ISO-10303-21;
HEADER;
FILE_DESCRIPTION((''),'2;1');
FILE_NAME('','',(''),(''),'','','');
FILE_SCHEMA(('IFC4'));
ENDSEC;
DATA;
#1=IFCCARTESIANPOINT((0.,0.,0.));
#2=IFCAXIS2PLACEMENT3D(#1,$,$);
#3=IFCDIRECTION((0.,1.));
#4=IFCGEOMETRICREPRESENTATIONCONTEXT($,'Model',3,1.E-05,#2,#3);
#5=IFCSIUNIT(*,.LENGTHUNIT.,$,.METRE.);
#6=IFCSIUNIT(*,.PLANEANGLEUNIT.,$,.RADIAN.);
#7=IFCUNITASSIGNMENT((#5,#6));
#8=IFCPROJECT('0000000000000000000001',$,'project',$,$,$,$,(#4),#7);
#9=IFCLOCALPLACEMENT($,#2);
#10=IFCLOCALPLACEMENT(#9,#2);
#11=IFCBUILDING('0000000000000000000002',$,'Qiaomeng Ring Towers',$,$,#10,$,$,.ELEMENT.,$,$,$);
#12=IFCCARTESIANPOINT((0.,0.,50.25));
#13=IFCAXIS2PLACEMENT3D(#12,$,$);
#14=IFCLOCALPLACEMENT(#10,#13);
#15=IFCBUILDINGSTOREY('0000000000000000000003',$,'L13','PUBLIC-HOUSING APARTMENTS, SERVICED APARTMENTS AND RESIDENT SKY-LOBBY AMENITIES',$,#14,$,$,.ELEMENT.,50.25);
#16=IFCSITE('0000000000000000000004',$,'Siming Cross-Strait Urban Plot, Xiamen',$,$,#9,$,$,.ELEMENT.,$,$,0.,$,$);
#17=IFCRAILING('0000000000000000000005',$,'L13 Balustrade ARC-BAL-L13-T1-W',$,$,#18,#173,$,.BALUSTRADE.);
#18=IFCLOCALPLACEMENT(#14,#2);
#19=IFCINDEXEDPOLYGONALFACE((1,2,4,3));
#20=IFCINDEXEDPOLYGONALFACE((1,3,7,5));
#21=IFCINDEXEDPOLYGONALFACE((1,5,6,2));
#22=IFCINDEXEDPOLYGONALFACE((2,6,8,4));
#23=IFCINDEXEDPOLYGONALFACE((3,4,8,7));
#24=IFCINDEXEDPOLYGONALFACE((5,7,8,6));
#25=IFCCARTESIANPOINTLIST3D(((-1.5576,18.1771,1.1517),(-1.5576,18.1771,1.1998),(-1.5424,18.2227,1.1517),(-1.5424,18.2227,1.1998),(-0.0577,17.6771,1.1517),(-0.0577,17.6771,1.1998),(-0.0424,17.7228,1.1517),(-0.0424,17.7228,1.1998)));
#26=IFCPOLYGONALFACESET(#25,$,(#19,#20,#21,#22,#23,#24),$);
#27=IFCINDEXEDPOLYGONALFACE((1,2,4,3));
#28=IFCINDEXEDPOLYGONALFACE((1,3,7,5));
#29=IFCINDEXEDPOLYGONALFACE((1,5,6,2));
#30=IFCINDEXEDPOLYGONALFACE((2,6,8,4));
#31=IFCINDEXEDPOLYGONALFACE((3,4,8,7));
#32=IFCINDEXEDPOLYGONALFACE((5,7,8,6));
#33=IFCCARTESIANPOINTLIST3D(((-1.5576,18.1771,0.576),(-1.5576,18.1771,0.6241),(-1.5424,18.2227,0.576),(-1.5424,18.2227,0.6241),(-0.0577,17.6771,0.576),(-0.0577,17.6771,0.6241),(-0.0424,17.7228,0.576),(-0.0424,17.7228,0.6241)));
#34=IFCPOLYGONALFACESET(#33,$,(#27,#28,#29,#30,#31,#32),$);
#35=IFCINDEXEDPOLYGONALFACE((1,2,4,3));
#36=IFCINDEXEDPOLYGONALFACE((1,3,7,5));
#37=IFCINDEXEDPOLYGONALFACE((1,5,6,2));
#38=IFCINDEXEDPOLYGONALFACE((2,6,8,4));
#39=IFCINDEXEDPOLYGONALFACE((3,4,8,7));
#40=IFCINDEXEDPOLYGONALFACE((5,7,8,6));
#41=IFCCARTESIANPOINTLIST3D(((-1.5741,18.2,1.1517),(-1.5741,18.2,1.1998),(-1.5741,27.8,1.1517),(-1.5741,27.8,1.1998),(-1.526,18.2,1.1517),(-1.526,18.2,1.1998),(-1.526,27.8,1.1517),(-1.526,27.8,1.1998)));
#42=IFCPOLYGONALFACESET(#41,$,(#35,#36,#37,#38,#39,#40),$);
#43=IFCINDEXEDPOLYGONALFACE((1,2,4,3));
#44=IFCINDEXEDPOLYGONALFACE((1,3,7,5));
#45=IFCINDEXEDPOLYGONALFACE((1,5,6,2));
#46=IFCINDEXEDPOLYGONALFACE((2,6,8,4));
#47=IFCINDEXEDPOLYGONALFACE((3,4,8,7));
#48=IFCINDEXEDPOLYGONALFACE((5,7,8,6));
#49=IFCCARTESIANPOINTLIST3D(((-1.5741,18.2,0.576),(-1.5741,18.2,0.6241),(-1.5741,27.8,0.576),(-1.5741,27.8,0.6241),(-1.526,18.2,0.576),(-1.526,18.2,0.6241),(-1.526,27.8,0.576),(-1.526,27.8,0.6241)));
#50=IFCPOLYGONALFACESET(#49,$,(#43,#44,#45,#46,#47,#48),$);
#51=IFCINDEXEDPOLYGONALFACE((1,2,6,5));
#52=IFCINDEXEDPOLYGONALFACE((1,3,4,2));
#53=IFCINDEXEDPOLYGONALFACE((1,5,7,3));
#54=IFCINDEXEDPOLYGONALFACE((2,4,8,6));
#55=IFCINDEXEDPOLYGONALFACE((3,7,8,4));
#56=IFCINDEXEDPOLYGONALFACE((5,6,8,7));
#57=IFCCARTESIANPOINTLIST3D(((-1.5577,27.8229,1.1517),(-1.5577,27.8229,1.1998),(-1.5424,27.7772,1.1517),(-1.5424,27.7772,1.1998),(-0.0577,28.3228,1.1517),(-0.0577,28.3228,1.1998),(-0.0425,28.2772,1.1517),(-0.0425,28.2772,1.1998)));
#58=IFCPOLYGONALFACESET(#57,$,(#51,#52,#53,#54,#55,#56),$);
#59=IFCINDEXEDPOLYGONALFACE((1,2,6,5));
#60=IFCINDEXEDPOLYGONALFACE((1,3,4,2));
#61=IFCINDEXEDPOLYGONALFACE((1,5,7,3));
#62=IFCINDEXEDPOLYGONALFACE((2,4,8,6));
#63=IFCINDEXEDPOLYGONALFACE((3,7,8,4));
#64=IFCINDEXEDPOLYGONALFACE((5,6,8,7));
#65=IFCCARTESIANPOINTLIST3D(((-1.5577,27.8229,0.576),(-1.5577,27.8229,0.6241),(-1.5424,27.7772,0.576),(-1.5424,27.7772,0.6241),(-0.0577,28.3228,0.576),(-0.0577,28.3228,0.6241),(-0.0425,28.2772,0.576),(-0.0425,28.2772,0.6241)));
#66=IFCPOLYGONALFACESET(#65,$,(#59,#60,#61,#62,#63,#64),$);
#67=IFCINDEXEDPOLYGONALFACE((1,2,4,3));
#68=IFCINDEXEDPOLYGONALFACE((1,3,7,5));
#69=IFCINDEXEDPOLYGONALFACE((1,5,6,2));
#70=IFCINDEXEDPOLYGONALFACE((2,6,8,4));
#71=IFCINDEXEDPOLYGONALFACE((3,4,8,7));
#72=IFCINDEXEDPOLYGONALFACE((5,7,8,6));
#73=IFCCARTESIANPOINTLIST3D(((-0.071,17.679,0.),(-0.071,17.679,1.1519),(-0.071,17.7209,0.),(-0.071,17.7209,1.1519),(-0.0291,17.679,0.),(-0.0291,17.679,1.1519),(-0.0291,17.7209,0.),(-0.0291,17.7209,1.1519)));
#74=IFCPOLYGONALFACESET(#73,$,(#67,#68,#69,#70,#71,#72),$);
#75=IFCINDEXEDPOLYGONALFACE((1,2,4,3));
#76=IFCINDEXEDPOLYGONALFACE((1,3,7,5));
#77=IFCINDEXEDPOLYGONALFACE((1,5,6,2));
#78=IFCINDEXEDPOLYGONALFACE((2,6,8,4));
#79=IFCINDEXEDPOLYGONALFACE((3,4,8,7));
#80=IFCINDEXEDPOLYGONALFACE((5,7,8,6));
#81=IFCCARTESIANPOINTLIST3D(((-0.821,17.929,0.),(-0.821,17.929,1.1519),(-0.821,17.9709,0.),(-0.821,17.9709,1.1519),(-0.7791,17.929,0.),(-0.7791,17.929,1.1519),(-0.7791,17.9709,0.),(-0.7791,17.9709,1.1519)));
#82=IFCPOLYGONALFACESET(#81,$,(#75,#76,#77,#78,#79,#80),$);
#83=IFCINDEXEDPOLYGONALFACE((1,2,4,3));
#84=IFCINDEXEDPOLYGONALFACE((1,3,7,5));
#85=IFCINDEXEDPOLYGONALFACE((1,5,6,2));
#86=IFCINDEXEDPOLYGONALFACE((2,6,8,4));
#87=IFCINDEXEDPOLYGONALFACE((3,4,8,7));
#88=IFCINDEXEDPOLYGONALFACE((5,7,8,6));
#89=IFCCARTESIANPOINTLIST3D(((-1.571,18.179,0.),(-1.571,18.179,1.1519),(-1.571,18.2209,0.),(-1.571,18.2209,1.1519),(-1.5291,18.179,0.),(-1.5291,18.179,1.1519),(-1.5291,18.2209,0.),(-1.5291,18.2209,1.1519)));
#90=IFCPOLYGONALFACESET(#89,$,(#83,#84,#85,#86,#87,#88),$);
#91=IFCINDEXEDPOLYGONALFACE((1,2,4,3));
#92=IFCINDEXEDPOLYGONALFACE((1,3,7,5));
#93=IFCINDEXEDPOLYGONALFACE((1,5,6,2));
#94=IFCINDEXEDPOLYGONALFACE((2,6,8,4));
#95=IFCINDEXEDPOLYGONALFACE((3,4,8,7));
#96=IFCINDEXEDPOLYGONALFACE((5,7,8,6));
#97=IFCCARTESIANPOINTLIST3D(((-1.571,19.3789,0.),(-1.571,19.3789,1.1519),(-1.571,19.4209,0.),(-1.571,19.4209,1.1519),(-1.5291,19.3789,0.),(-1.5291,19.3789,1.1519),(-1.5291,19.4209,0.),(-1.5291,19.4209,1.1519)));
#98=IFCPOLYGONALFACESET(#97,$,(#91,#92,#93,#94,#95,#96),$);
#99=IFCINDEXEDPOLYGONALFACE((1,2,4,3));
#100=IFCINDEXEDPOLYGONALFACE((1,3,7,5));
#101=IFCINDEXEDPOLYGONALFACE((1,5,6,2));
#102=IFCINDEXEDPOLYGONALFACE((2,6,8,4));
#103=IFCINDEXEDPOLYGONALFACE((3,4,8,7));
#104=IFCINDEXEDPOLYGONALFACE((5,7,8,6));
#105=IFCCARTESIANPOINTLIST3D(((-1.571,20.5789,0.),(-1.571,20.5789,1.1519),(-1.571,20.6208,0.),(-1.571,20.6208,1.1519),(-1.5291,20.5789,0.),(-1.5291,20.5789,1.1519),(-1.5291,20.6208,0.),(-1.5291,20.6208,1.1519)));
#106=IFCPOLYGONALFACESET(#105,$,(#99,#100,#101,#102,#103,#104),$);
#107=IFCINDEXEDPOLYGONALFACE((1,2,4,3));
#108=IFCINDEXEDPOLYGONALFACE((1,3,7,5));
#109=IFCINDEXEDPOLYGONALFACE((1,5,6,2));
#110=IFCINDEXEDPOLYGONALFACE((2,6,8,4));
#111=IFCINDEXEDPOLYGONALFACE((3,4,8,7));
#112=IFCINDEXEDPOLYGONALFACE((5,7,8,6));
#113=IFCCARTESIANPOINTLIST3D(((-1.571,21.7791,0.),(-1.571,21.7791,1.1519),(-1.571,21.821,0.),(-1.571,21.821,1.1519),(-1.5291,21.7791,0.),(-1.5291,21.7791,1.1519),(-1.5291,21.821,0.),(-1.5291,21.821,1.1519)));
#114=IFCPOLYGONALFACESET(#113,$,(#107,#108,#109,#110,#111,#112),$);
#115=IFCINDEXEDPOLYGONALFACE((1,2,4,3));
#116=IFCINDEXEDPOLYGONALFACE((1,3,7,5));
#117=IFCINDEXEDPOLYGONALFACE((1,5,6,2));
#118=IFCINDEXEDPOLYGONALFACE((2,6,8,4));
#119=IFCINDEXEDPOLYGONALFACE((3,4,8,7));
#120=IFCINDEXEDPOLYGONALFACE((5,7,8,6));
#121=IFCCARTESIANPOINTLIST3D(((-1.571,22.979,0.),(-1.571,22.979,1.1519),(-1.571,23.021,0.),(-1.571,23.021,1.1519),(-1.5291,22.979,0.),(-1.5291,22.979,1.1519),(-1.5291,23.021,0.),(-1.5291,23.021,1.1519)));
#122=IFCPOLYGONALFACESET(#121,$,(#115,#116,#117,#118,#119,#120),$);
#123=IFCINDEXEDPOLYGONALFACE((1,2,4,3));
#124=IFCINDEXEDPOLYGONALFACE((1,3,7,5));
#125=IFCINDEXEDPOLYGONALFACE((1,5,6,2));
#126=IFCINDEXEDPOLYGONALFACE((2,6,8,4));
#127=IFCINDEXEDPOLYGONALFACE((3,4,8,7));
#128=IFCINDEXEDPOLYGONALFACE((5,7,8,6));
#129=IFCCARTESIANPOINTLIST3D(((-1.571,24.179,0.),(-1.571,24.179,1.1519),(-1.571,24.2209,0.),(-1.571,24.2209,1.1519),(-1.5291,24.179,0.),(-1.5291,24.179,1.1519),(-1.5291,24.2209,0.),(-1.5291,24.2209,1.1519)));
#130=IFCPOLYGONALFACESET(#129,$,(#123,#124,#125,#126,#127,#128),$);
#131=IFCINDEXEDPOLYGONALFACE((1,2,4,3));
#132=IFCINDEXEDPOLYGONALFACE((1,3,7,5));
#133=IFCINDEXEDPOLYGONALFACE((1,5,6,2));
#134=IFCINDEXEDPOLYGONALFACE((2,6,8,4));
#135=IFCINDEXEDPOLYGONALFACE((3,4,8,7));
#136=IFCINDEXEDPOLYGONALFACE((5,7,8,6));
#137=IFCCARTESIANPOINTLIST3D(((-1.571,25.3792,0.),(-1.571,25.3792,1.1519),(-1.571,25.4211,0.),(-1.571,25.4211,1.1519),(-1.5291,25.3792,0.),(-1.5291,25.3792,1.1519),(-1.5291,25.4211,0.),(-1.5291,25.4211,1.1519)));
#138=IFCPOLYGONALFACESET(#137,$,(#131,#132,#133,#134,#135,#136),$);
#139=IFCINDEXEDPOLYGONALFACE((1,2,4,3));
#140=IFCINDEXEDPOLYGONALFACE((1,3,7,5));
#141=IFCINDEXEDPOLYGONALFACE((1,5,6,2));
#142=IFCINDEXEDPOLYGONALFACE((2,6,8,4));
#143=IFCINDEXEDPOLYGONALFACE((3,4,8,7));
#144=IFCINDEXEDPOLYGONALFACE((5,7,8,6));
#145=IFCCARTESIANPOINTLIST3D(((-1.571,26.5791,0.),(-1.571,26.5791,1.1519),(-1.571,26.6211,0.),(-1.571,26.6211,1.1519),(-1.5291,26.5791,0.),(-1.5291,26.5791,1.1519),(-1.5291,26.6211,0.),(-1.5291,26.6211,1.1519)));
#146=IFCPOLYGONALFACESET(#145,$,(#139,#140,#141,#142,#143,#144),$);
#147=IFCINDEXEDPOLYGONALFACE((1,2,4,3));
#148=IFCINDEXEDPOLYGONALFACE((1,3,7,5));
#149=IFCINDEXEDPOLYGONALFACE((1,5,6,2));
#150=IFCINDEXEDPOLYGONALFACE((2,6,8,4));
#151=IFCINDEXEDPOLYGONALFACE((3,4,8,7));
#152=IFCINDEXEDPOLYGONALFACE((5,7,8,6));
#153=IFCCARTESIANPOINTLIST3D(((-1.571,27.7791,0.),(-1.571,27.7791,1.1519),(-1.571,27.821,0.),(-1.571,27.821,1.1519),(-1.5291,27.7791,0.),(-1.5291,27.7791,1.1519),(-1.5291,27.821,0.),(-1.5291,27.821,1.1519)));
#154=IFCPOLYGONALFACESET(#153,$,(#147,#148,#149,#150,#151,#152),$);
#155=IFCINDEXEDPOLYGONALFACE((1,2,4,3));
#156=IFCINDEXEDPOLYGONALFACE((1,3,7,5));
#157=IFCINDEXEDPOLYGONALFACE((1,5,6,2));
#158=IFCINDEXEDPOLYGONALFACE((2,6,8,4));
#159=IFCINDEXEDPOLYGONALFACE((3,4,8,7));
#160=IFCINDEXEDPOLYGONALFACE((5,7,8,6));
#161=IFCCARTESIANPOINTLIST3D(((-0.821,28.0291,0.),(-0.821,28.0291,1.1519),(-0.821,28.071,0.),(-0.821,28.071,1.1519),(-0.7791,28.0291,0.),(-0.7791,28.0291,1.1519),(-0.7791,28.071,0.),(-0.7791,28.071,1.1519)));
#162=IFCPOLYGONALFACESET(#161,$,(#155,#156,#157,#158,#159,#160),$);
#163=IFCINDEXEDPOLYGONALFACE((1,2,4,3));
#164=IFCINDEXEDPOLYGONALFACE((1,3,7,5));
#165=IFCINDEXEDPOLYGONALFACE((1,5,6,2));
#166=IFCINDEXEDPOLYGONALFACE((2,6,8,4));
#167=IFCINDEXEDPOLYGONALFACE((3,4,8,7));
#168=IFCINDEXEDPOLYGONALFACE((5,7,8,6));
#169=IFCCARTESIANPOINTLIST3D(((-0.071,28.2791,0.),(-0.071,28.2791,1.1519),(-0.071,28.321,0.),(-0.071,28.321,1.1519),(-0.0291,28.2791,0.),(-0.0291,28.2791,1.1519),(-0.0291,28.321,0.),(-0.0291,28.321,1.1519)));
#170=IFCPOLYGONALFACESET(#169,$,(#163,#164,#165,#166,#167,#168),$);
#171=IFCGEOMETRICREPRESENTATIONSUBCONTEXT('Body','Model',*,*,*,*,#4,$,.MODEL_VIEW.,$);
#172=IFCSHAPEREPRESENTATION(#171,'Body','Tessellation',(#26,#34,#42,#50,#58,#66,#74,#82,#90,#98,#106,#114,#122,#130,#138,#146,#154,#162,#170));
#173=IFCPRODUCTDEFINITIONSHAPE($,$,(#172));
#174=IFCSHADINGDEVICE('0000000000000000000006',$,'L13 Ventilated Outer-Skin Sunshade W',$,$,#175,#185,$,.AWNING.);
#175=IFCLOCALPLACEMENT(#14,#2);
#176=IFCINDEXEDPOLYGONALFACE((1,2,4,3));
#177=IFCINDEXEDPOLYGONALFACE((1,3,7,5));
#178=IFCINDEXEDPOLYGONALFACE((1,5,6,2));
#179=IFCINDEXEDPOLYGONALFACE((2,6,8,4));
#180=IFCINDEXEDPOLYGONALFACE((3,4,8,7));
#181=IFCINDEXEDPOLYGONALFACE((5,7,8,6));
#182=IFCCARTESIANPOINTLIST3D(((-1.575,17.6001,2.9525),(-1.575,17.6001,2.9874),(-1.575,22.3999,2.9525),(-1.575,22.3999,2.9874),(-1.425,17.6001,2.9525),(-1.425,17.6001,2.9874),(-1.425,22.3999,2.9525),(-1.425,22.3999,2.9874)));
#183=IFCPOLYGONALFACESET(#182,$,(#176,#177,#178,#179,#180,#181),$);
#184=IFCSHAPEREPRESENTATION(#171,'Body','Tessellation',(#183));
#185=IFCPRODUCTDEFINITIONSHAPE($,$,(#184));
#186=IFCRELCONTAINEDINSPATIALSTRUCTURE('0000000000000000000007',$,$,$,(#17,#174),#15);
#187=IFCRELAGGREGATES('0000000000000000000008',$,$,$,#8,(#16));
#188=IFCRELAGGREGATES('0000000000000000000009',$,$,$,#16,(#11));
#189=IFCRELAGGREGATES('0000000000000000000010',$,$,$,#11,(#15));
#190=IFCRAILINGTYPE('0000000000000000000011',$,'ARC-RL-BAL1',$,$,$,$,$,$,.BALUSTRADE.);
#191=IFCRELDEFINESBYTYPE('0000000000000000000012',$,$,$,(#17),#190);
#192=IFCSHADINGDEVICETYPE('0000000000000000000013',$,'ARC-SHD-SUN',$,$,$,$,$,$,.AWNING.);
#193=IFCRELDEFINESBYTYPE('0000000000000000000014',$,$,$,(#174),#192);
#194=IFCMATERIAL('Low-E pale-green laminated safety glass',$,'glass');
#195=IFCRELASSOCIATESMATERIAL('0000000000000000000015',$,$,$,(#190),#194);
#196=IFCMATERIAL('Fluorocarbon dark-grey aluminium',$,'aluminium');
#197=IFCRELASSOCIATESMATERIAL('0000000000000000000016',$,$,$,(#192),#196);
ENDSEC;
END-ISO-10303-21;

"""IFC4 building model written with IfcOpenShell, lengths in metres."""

from ifc_helpers import new_model, si_unit, direction, frame, origin, origin_2d, place, context, subcontext, project, spatial, rectangle, extrude, source, transform, mapped, material, material_profile, profile_set, type_object, element, save


model = new_model("IFC4")

# Units and contexts
model_context = context("Model", 3, precision=1e-05, world=origin(), true_north=direction((0.0, 1.0)))
body_context = subcontext(model_context, "Body", "Model", "MODEL_VIEW")
ifc_project = project(units=[si_unit("LENGTHUNIT", "METRE"), si_unit("PLANEANGLEUNIT", "RADIAN")], contexts=[model_context])

# Site, building, storey
site_placement = place(None, origin())
site = spatial("IfcSite", under=ifc_project, at=site_placement, Name="Siming Cross-Strait Urban Plot, Xiamen", CompositionType="ELEMENT", RefElevation=0.0)
building_placement = place(site_placement, origin())
building = spatial("IfcBuilding", under=site, at=building_placement, Name="Qiaomeng Ring Towers", CompositionType="ELEMENT")
storey_placement = place(building_placement, frame((0.0, 0.0, 50.25)))
storey = spatial("IfcBuildingStorey", under=building, at=storey_placement, Name="L13", Description="PUBLIC-HOUSING APARTMENTS, SERVICED APARTMENTS AND RESIDENT SKY-LOBBY AMENITIES", CompositionType="ELEMENT", Elevation=50.25)

# Shared definitions
ifc_material_1 = material(Name="Fluorocarbon dark-grey aluminium", Category="aluminium")

# Railing
ifc_material_2 = material(Name="Low-E pale-green laminated safety glass", Category="glass")
railing_type = type_object("IfcRailingType", Name="ARC-RL-BAL1", PredefinedType="BALUSTRADE", material=ifc_material_2)
railing_1_placement = place(storey_placement, frame((-0.05, 17.7, 0.0)))
element("IfcRailing", 1, at=railing_1_placement, inside=storey, type_object=railing_type, Name="L13 Balustrade ARC-BAL-L13-T1-W", PredefinedType="BALUSTRADE", context=body_context, shape_type="SweptSolid", body=[
    extrude(rectangle(XDim=0.0481, YDim=0.0481, at=origin_2d()), frame((0.0, 0.0, 1.1758), z_axis=(-0.948683, 0.316228, 0.0), x_axis=(-0.316228, -0.948683, 0.0)), (0.0, 0.0, 1.0), 1.5811),
    extrude(rectangle(XDim=0.0481, YDim=0.0481, at=origin_2d()), frame((0.0, 0.0, 0.6001), z_axis=(-0.948683, 0.316228, 0.0), x_axis=(-0.316228, -0.948683, 0.0)), (0.0, 0.0, 1.0), 1.5811),
    extrude(rectangle(XDim=0.0481, YDim=0.0481, at=origin_2d()), frame((-1.5, 0.5, 1.1758), z_axis=(0.0, 1.0, 0.0), x_axis=(-1.0, 0.0, 0.0)), (0.0, 0.0, 1.0), 9.6001),
    extrude(rectangle(XDim=0.0481, YDim=0.0481, at=origin_2d()), frame((-1.5, 0.5, 0.6001), z_axis=(0.0, 1.0, 0.0), x_axis=(-1.0, 0.0, 0.0)), (0.0, 0.0, 1.0), 9.6001),
    extrude(rectangle(XDim=0.0481, YDim=0.0481, at=origin_2d()), frame((-1.5, 10.1001, 1.1758), z_axis=(0.948683, 0.316228, 0.0), x_axis=(-0.316228, 0.948683, 0.0)), (0.0, 0.0, 1.0), 1.5811),
    extrude(rectangle(XDim=0.0481, YDim=0.0481, at=origin_2d()), frame((-1.5, 10.1001, 0.6001), z_axis=(0.948683, 0.316228, 0.0), x_axis=(-0.316228, 0.948683, 0.0)), (0.0, 0.0, 1.0), 1.5811),
    extrude(rectangle(XDim=0.042, YDim=0.042, at=origin_2d()), origin(), (0.0, 0.0, 1.0), 1.1519),
    extrude(rectangle(XDim=0.042, YDim=0.042, at=origin_2d()), frame((-0.75, 0.25, 0.0)), (0.0, 0.0, 1.0), 1.1519),
    extrude(rectangle(XDim=0.042, YDim=0.042, at=origin_2d()), frame((-1.5, 0.5, 0.0)), (0.0, 0.0, 1.0), 1.1519),
    extrude(rectangle(XDim=0.042, YDim=0.042, at=origin_2d()), frame((-1.5, 1.7, 0.0)), (0.0, 0.0, 1.0), 1.1519),
    extrude(rectangle(XDim=0.042, YDim=0.042, at=origin_2d()), frame((-1.5, 2.8999, 0.0)), (0.0, 0.0, 1.0), 1.1519),
    extrude(rectangle(XDim=0.042, YDim=0.042, at=origin_2d()), frame((-1.5, 4.1001, 0.0)), (0.0, 0.0, 1.0), 1.1519),
    extrude(rectangle(XDim=0.042, YDim=0.042, at=origin_2d()), frame((-1.5, 5.3, 0.0)), (0.0, 0.0, 1.0), 1.1519),
    extrude(rectangle(XDim=0.042, YDim=0.042, at=origin_2d()), frame((-1.5, 6.5, 0.0)), (0.0, 0.0, 1.0), 1.1519),
    extrude(rectangle(XDim=0.042, YDim=0.042, at=origin_2d()), frame((-1.5, 7.7002, 0.0)), (0.0, 0.0, 1.0), 1.1519),
    extrude(rectangle(XDim=0.042, YDim=0.042, at=origin_2d()), frame((-1.5, 8.9001, 0.0)), (0.0, 0.0, 1.0), 1.1519),
    extrude(rectangle(XDim=0.042, YDim=0.042, at=origin_2d()), frame((-1.5, 10.1001, 0.0)), (0.0, 0.0, 1.0), 1.1519),
    extrude(rectangle(XDim=0.042, YDim=0.042, at=origin_2d()), frame((-0.75, 10.3501, 0.0)), (0.0, 0.0, 1.0), 1.1519),
    extrude(rectangle(XDim=0.042, YDim=0.042, at=origin_2d()), frame((0.0, 10.6001, 0.0)), (0.0, 0.0, 1.0), 1.1519),
])

# Shading device
ifc_material_profile_1 = material_profile(ifc_material_1, rectangle(XDim=0.1499, YDim=0.0349, at=origin_2d()), Name="LV BLADE 150x35")
ifc_profile_set_1 = profile_set([ifc_material_profile_1], Name="Fluorocarbon dark-grey aluminium")
shading_device_type = type_object("IfcShadingDeviceType", Name="ARC-SHD-SUN", PredefinedType="AWNING", material=ifc_profile_set_1)
shared_shape_1 = source(origin(), body_context, "Body", "SweptSolid", [
    extrude(rectangle(XDim=0.1499, YDim=0.0349, at=origin_2d()), origin(), (0.0, 0.0, 1.0), 4.7998),
])
shading_device_placement = place(storey_placement, frame((-1.5, 17.6001, 2.97), z_axis=(0.0, 1.0, 0.0), x_axis=(-1.0, 0.0, 0.0)))
element("IfcShadingDevice", 2, at=shading_device_placement, inside=storey, type_object=shading_device_type, Name="L13 Ventilated Outer-Skin Sunshade W", PredefinedType="AWNING", context=body_context, shape_type="MappedRepresentation", body=[
    mapped(shared_shape_1, transform((0.0, 0.0, 0.0), x_axis=(1.0, 0.0, 0.0), y_axis=(0.0, 1.0, 0.0), z_axis=(0.0, 0.0, 1.0), scale=1.0)),
])

save(model, "model.ifc")
